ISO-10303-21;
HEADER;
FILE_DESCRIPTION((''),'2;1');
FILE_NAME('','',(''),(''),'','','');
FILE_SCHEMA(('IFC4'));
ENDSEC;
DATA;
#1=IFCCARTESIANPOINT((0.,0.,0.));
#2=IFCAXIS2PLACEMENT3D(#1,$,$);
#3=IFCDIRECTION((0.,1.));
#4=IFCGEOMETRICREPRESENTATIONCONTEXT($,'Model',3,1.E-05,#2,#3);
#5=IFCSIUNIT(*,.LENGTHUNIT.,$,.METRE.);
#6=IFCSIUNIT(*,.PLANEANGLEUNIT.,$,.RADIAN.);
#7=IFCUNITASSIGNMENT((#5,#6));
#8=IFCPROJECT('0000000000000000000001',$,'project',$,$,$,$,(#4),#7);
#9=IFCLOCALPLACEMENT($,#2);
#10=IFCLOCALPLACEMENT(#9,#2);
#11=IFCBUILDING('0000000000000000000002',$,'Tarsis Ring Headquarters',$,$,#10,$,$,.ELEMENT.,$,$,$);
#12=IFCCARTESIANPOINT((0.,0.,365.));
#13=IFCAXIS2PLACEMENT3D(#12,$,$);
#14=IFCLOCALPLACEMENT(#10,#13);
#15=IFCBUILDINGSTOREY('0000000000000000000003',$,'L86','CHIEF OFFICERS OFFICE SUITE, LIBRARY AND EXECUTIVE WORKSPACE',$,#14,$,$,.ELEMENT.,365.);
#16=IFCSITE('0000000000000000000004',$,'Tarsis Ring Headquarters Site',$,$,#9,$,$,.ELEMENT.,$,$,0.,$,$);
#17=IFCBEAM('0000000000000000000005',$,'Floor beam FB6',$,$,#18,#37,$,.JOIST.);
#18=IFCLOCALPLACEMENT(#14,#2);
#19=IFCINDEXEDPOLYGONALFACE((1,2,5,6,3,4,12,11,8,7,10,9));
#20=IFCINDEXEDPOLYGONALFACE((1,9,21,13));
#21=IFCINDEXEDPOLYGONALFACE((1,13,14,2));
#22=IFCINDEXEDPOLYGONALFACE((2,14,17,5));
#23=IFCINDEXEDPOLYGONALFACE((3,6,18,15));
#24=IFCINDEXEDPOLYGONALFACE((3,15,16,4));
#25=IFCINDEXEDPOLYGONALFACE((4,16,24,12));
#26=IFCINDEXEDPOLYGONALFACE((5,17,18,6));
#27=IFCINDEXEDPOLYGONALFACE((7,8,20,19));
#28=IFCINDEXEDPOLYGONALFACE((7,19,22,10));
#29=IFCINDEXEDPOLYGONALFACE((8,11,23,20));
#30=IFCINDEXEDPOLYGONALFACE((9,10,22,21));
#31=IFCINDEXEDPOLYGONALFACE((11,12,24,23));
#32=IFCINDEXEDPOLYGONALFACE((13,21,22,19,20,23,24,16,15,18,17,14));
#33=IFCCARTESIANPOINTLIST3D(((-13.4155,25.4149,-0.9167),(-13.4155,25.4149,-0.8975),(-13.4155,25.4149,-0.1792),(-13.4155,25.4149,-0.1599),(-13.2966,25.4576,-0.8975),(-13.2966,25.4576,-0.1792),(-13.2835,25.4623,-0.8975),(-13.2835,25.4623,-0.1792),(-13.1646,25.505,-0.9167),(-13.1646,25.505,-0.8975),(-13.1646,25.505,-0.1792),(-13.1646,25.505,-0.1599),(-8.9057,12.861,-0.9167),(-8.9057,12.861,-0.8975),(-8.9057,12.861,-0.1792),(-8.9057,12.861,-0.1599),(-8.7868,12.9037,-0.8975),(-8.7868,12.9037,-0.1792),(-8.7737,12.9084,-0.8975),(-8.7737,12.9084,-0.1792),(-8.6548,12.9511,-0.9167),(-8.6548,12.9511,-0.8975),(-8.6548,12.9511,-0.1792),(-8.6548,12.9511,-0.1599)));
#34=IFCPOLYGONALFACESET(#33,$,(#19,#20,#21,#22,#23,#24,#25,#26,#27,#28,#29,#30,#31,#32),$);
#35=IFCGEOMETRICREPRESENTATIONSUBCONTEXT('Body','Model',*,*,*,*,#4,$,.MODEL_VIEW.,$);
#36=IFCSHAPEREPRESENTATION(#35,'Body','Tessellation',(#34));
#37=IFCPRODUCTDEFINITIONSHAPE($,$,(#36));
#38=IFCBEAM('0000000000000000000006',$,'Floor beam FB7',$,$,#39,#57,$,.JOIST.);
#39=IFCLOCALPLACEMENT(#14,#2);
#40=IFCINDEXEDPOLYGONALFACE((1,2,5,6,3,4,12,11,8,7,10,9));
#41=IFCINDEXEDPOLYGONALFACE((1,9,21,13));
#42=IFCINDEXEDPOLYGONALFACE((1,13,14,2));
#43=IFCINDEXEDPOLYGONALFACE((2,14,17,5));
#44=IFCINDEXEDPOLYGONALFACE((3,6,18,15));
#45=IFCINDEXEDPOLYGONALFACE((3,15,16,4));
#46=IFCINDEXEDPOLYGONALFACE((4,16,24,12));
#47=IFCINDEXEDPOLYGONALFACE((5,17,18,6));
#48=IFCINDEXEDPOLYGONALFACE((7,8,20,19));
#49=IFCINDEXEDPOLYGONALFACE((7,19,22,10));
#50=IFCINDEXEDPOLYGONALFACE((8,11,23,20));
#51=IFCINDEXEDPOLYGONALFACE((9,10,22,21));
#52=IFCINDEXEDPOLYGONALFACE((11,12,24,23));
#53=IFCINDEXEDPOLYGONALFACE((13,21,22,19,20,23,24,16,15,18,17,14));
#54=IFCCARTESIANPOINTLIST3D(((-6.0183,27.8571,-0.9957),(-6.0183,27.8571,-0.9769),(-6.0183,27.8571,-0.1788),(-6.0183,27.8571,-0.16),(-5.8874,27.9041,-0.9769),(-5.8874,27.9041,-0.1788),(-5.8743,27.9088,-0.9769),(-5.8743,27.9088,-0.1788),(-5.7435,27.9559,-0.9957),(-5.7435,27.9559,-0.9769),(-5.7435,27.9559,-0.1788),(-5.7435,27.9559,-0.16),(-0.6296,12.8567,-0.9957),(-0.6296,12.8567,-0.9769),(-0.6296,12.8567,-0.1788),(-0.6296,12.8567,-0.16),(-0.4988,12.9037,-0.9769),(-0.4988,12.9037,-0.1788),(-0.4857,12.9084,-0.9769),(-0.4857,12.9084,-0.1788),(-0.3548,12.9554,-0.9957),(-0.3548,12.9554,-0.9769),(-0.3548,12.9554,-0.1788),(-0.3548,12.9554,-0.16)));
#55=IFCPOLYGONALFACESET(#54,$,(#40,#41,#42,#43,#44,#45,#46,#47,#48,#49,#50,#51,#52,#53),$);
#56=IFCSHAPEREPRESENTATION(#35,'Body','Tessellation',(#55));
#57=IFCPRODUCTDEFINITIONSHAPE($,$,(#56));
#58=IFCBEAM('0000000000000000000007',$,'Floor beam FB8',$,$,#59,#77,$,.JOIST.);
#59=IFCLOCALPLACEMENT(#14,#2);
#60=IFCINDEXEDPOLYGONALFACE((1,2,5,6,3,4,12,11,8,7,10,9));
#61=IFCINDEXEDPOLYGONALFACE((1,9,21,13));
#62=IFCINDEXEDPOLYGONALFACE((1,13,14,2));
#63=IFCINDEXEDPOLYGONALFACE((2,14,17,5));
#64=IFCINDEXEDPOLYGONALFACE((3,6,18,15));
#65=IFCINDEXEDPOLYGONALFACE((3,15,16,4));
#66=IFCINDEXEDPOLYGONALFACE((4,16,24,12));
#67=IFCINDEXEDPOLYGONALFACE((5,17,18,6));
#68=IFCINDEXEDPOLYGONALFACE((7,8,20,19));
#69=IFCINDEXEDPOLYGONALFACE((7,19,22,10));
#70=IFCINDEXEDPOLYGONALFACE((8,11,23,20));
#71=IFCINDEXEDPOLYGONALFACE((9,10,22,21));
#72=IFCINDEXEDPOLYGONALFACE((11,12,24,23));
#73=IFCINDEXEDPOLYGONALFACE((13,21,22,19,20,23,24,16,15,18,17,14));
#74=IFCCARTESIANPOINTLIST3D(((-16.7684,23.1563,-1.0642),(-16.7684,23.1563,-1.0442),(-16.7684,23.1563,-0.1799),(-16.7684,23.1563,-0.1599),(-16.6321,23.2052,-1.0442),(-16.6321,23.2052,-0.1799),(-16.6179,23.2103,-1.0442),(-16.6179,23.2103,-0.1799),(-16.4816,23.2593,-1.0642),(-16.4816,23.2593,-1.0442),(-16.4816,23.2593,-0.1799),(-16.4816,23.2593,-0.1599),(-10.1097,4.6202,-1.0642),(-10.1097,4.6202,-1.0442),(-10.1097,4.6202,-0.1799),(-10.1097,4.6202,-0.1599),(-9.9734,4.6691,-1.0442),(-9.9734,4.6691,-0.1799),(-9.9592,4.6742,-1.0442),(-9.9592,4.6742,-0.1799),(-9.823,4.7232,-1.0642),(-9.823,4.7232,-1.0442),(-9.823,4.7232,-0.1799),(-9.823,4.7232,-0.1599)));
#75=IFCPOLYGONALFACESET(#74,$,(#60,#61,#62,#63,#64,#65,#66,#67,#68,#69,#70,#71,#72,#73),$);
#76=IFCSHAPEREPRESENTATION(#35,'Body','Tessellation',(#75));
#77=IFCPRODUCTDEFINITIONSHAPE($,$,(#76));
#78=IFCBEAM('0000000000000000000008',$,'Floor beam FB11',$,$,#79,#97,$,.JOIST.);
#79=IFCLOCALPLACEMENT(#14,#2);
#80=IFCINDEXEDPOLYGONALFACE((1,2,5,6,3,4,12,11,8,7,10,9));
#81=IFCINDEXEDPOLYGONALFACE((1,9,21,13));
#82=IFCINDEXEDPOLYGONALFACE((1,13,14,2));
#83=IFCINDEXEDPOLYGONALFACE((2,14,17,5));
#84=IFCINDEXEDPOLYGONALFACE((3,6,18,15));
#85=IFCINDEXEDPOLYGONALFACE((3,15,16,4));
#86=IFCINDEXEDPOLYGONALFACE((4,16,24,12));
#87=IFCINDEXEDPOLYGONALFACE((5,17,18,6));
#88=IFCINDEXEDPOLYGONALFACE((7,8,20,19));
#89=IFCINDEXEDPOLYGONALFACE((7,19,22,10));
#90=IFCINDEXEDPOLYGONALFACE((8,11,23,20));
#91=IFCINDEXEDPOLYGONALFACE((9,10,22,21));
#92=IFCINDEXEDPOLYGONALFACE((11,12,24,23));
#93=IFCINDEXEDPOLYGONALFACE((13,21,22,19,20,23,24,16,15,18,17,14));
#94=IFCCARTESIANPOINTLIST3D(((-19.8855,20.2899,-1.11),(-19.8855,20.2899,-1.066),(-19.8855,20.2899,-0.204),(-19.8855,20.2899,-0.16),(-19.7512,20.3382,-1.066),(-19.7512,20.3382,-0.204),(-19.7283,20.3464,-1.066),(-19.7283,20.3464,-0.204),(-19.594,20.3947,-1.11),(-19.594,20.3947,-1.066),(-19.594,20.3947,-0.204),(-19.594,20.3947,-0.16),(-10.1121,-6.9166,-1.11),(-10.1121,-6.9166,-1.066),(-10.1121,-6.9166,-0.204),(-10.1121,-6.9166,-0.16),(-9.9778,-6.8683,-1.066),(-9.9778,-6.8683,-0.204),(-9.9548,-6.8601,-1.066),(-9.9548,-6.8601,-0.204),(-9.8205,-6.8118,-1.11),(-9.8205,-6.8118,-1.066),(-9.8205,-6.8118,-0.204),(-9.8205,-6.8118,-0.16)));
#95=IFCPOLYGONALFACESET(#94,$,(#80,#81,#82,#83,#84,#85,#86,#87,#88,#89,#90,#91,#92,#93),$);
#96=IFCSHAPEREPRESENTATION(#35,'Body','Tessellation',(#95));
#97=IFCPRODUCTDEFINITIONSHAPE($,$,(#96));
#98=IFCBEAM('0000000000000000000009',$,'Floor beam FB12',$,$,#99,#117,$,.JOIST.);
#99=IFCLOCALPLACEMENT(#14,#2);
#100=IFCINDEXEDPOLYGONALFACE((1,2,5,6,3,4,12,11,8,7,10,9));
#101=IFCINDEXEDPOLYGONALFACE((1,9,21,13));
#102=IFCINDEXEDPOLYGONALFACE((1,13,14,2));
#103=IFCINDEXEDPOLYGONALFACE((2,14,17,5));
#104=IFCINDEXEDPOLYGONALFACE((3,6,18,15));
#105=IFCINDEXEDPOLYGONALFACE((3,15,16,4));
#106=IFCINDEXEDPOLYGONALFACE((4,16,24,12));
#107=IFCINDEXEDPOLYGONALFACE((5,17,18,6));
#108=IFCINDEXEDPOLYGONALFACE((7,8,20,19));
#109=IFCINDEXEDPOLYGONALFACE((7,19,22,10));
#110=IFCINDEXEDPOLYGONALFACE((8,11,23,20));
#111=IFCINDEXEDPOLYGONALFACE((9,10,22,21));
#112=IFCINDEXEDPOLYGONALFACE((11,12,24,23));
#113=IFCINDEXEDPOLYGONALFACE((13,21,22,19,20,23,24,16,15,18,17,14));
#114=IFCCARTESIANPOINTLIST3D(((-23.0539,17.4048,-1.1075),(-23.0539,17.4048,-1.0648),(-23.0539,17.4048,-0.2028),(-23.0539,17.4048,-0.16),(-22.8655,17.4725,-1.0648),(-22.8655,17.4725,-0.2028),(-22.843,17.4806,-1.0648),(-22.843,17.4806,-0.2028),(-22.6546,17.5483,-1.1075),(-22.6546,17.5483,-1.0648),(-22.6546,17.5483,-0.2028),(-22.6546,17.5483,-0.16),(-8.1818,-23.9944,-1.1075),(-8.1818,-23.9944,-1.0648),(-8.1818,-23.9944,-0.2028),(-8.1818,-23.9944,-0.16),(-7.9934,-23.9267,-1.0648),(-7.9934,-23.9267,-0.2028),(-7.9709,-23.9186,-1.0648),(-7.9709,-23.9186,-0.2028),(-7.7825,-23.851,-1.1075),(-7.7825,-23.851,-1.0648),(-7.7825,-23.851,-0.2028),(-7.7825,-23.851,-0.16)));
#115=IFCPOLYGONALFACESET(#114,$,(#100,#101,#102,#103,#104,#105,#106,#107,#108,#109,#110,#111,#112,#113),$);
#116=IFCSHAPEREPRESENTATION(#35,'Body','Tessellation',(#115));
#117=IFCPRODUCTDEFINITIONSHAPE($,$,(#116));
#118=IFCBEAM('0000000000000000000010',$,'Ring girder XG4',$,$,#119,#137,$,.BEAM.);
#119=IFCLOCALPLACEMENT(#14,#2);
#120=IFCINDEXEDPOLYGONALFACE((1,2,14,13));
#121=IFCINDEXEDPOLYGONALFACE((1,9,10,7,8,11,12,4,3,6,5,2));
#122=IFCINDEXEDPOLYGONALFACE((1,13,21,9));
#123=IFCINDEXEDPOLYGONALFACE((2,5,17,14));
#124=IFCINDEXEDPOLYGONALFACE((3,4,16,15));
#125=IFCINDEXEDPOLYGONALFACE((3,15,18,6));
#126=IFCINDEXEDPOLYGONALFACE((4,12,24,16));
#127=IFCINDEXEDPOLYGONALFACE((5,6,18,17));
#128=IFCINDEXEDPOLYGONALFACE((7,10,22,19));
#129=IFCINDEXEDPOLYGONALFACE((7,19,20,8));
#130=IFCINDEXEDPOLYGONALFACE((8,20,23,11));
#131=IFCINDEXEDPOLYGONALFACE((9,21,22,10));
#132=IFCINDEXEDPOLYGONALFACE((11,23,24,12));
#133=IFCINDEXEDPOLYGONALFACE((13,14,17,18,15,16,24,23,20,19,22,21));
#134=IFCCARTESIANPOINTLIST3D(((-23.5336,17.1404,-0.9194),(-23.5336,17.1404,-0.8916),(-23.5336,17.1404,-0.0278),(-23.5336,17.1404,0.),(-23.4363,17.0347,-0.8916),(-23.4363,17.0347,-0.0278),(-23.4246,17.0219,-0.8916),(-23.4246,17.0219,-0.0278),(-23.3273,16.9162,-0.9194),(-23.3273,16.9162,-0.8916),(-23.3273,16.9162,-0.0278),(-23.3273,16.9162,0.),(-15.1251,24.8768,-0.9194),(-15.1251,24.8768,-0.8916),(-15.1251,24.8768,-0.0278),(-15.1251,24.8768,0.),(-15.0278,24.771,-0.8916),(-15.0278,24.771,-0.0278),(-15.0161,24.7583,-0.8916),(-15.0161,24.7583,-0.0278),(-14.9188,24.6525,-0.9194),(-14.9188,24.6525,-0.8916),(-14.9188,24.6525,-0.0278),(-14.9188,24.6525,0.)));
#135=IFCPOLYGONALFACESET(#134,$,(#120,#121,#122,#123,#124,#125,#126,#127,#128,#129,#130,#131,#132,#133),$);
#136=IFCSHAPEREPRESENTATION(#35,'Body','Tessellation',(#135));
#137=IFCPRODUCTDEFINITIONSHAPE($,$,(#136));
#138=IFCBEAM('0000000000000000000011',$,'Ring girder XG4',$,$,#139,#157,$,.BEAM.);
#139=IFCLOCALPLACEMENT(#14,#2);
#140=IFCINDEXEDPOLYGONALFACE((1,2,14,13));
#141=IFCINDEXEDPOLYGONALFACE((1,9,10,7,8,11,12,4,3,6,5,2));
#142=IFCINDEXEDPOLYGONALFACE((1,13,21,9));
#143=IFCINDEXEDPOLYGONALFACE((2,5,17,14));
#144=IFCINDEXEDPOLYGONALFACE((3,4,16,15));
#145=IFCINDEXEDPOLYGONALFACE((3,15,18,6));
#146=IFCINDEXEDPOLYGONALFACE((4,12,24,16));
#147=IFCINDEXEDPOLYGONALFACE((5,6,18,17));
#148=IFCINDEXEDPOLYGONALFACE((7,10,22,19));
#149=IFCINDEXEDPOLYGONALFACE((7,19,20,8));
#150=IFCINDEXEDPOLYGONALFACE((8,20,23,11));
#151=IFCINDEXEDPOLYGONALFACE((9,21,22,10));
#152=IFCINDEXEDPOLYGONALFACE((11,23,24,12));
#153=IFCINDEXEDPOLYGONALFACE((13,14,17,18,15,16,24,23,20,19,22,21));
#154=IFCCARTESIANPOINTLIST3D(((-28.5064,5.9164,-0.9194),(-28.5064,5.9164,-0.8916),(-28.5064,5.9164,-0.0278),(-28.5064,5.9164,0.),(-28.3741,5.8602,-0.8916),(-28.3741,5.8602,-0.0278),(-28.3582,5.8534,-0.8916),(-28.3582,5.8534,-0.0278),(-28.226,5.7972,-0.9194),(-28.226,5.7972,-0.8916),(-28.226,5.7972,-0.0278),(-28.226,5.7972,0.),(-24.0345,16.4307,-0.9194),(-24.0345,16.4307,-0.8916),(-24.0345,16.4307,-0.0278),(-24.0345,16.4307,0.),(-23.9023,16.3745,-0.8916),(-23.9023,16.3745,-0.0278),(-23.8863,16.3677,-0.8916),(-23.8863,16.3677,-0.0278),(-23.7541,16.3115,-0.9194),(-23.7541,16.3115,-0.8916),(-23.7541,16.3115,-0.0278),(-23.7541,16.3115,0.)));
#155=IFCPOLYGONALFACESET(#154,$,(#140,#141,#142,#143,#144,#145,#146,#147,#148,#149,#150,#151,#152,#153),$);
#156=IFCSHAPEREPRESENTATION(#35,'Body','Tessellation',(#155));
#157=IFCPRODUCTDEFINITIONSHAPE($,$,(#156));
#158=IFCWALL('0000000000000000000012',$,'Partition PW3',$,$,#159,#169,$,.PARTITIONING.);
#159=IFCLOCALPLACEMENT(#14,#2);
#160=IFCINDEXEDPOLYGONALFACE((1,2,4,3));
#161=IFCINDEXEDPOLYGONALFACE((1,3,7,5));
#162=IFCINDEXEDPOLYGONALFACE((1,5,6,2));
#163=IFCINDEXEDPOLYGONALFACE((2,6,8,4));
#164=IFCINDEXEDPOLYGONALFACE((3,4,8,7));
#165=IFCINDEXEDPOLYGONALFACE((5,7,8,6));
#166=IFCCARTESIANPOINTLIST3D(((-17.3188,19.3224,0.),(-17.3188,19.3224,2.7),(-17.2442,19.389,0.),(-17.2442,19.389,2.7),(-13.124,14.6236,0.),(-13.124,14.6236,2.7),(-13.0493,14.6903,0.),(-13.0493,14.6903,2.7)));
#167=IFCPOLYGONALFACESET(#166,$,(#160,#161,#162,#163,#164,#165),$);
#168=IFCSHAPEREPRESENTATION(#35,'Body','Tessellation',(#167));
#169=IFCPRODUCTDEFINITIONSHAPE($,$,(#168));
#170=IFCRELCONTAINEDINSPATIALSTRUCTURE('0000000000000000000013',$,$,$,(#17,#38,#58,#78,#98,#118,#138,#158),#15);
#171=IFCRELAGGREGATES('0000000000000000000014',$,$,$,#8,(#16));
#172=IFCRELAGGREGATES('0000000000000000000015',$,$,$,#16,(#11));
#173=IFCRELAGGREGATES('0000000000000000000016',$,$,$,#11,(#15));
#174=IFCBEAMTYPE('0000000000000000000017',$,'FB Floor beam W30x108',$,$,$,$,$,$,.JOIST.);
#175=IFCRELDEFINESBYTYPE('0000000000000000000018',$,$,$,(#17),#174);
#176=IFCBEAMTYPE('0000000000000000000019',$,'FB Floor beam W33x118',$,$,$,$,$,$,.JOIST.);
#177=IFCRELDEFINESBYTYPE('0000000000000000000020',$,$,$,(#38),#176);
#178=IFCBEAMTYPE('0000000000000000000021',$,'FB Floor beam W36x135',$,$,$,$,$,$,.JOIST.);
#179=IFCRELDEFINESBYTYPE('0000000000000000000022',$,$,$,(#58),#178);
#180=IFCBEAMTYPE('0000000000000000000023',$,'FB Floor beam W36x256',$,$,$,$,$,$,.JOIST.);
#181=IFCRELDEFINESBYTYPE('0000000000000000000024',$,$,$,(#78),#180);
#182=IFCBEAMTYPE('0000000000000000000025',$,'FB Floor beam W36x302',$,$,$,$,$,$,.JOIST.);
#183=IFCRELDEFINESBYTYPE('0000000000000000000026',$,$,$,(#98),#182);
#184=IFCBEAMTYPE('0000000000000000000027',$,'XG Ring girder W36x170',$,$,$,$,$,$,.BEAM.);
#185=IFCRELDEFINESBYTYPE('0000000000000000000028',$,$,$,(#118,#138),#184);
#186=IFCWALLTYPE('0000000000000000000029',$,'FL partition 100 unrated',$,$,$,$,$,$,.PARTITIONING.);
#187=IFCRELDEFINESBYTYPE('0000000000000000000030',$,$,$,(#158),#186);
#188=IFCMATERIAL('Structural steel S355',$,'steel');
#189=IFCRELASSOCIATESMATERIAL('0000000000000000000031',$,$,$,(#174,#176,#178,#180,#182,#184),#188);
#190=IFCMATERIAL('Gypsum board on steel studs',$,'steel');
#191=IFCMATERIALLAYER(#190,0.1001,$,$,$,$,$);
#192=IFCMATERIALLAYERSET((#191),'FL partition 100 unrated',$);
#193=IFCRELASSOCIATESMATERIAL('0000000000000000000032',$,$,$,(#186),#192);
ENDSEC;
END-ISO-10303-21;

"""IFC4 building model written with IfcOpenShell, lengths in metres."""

from ifc_helpers import new_model, si_unit, direction, frame, frame_2d, origin, origin_2d, place, context, subcontext, project, spatial, rectangle, i_section, extrude, material, layer, layer_set, material_profile, profile_set, type_object, element, save


model = new_model("IFC4")

# Units and contexts
model_context = context("Model", 3, precision=1e-05, world=origin(), true_north=direction((0.0, 1.0)))
body_context = subcontext(model_context, "Body", "Model", "MODEL_VIEW")
ifc_project = project(units=[si_unit("LENGTHUNIT", "METRE"), si_unit("PLANEANGLEUNIT", "RADIAN")], contexts=[model_context])

# Site, building, storey
site_placement = place(None, origin())
site = spatial("IfcSite", under=ifc_project, at=site_placement, Name="Tarsis Ring Headquarters Site", CompositionType="ELEMENT", RefElevation=0.0)
building_placement = place(site_placement, origin())
building = spatial("IfcBuilding", under=site, at=building_placement, Name="Tarsis Ring Headquarters", CompositionType="ELEMENT")
storey_placement = place(building_placement, frame((0.0, 0.0, 365.0)))
storey = spatial("IfcBuildingStorey", under=building, at=storey_placement, Name="L86", Description="CHIEF OFFICERS OFFICE SUITE, LIBRARY AND EXECUTIVE WORKSPACE", CompositionType="ELEMENT", Elevation=365.0)

# Shared definitions
ifc_material_1 = material(Name="Structural steel S355", Category="steel")

# Beams
ifc_material_profile_1 = material_profile(ifc_material_1, i_section(OverallWidth=0.2666, OverallDepth=0.7568, WebThickness=0.0139, FlangeThickness=0.0193, at=origin_2d()), Name="W30x108")
ifc_profile_set_1 = profile_set([ifc_material_profile_1], Name="Structural steel S355")
beam_type_1 = type_object("IfcBeamType", Name="FB Floor beam W30x108", PredefinedType="JOIST", material=ifc_profile_set_1)
beam_1_placement = place(storey_placement, frame((-13.29, 25.46, -0.5383), z_axis=(0.338078, -0.941118, 0.0), x_axis=(0.941118, 0.338078, 0.0)))
element("IfcBeam", 1, at=beam_1_placement, inside=storey, type_object=beam_type_1, Name="Floor beam FB6", PredefinedType="JOIST", context=body_context, shape_type="SweptSolid", body=[
    extrude(i_section(OverallWidth=0.2666, OverallDepth=0.7568, WebThickness=0.0139, FlangeThickness=0.0193, at=origin_2d()), origin(), (0.0, 0.0, 1.0), 13.3394),
])
ifc_material_profile_2 = material_profile(ifc_material_1, i_section(OverallWidth=0.292, OverallDepth=0.8357, WebThickness=0.0139, FlangeThickness=0.0188, at=origin_2d()), Name="W33x118")
ifc_profile_set_2 = profile_set([ifc_material_profile_2], Name="Structural steel S355")
beam_type_2 = type_object("IfcBeamType", Name="FB Floor beam W33x118", PredefinedType="JOIST", material=ifc_profile_set_2)
beam_2_placement = place(storey_placement, frame((-5.8809, 27.9065, -0.5779), z_axis=(0.33808, -0.941117, 0.0), x_axis=(0.941117, 0.33808, 0.0)))
element("IfcBeam", 2, at=beam_2_placement, inside=storey, type_object=beam_type_2, Name="Floor beam FB7", PredefinedType="JOIST", context=body_context, shape_type="SweptSolid", body=[
    extrude(i_section(OverallWidth=0.292, OverallDepth=0.8357, WebThickness=0.0139, FlangeThickness=0.0188, at=origin_2d()), origin(), (0.0, 0.0, 1.0), 15.939),
])
ifc_material_profile_3 = material_profile(ifc_material_1, i_section(OverallWidth=0.3047, OverallDepth=0.9043, WebThickness=0.0151, FlangeThickness=0.02, at=origin_2d()), Name="W36x135")
ifc_profile_set_3 = profile_set([ifc_material_profile_3], Name="Structural steel S355")
beam_type_3 = type_object("IfcBeamType", Name="FB Floor beam W36x135", PredefinedType="JOIST", material=ifc_profile_set_3)
beam_3_placement = place(storey_placement, frame((-16.625, 23.2078, -0.6121), z_axis=(0.338076, -0.941119, 0.0), x_axis=(0.941119, 0.338076, 0.0)))
element("IfcBeam", 3, at=beam_3_placement, inside=storey, type_object=beam_type_3, Name="Floor beam FB8", PredefinedType="JOIST", context=body_context, shape_type="SweptSolid", body=[
    extrude(i_section(OverallWidth=0.3047, OverallDepth=0.9043, WebThickness=0.0151, FlangeThickness=0.02, at=origin_2d()), origin(), (0.0, 0.0, 1.0), 19.6958),
])
ifc_material_profile_4 = material_profile(ifc_material_1, i_section(OverallWidth=0.3098, OverallDepth=0.95, WebThickness=0.0244, FlangeThickness=0.0439, at=origin_2d()), Name="W36x256")
ifc_profile_set_4 = profile_set([ifc_material_profile_4], Name="Structural steel S355")
beam_type_4 = type_object("IfcBeamType", Name="FB Floor beam W36x256", PredefinedType="JOIST", material=ifc_profile_set_4)
beam_4_placement = place(storey_placement, frame((-19.7397, 20.3423, -0.635), z_axis=(0.338079, -0.941118, 0.0), x_axis=(0.941118, 0.338079, 0.0)))
element("IfcBeam", 4, at=beam_4_placement, inside=storey, type_object=beam_type_4, Name="Floor beam FB11", PredefinedType="JOIST", context=body_context, shape_type="SweptSolid", body=[
    extrude(i_section(OverallWidth=0.3098, OverallDepth=0.95, WebThickness=0.0244, FlangeThickness=0.0439, at=origin_2d()), origin(), (0.0, 0.0, 1.0), 28.9087),
])
ifc_material_profile_5 = material_profile(ifc_material_1, i_section(OverallWidth=0.4243, OverallDepth=0.9475, WebThickness=0.0239, FlangeThickness=0.0427, at=origin_2d()), Name="W36x302")
ifc_profile_set_5 = profile_set([ifc_material_profile_5], Name="Structural steel S355")
beam_type_5 = type_object("IfcBeamType", Name="FB Floor beam W36x302", PredefinedType="JOIST", material=ifc_profile_set_5)
beam_5_placement = place(storey_placement, frame((-22.8542, 17.4766, -0.6338), z_axis=(0.338083, -0.941116, 0.0), x_axis=(0.941116, 0.338083, 0.0)))
element("IfcBeam", 5, at=beam_5_placement, inside=storey, type_object=beam_type_5, Name="Floor beam FB12", PredefinedType="JOIST", context=body_context, shape_type="SweptSolid", body=[
    extrude(i_section(OverallWidth=0.4243, OverallDepth=0.9475, WebThickness=0.0239, FlangeThickness=0.0427, at=origin_2d()), origin(), (0.0, 0.0, 1.0), 43.9895),
])
ifc_material_profile_6 = material_profile(ifc_material_1, i_section(OverallWidth=0.3047, OverallDepth=0.9194, WebThickness=0.0173, FlangeThickness=0.0278, at=origin_2d()), Name="W36x170")
ifc_profile_set_6 = profile_set([ifc_material_profile_6], Name="Structural steel S355")
beam_type_6 = type_object("IfcBeamType", Name="XG Ring girder W36x170", PredefinedType="BEAM", material=ifc_profile_set_6)
beam_6_placement = place(storey_placement, frame((-15.022, 24.7646, -0.4597), z_axis=(-0.735907, -0.677083, 0.0), x_axis=(0.677083, -0.735907, 0.0)))
element("IfcBeam", 6, at=beam_6_placement, inside=storey, type_object=beam_type_6, Name="Ring girder XG4", PredefinedType="BEAM", context=body_context, shape_type="SweptSolid", body=[
    extrude(i_section(OverallWidth=0.3047, OverallDepth=0.9194, WebThickness=0.0173, FlangeThickness=0.0278, at=origin_2d()), origin(), (0.0, 0.0, 1.0), 11.426),
])
beam_7_placement = place(storey_placement, frame((-23.8943, 16.3711, -0.4597), z_axis=(-0.391385, -0.920227, 0.0), x_axis=(0.920227, -0.391385, 0.0)))
element("IfcBeam", 7, at=beam_7_placement, inside=storey, type_object=beam_type_6, Name="Ring girder XG4", PredefinedType="BEAM", context=body_context, shape_type="SweptSolid", body=[
    extrude(i_section(OverallWidth=0.3047, OverallDepth=0.9194, WebThickness=0.0173, FlangeThickness=0.0278, at=origin_2d()), origin(), (0.0, 0.0, 1.0), 11.4258),
])

# Wall
ifc_material_2 = material(Name="Gypsum board on steel studs", Category="steel")
ifc_layer_1 = layer(ifc_material_2, 0.1001)
ifc_layer_set_1 = layer_set([ifc_layer_1], Name="FL partition 100 unrated")
wall_type_1 = type_object("IfcWallType", Name="FL partition 100 unrated", PredefinedType="PARTITIONING", material=ifc_layer_set_1)
wall_1_placement = place(storey_placement, frame((-17.2815, 19.3557, 0.0), z_axis=(0.0, 0.0, 1.0), x_axis=(0.665974, -0.745975, 0.0)))
element("IfcWall", 8, at=wall_1_placement, inside=storey, type_object=wall_type_1, Name="Partition PW3", PredefinedType="PARTITIONING", context=body_context, shape_type="SweptSolid", body=[
    extrude(rectangle(XDim=6.2988, YDim=0.1001, at=frame_2d((3.1494, 0.0))), origin(), (0.0, 0.0, 1.0), 2.7),
])

save(model, "model.ifc")
